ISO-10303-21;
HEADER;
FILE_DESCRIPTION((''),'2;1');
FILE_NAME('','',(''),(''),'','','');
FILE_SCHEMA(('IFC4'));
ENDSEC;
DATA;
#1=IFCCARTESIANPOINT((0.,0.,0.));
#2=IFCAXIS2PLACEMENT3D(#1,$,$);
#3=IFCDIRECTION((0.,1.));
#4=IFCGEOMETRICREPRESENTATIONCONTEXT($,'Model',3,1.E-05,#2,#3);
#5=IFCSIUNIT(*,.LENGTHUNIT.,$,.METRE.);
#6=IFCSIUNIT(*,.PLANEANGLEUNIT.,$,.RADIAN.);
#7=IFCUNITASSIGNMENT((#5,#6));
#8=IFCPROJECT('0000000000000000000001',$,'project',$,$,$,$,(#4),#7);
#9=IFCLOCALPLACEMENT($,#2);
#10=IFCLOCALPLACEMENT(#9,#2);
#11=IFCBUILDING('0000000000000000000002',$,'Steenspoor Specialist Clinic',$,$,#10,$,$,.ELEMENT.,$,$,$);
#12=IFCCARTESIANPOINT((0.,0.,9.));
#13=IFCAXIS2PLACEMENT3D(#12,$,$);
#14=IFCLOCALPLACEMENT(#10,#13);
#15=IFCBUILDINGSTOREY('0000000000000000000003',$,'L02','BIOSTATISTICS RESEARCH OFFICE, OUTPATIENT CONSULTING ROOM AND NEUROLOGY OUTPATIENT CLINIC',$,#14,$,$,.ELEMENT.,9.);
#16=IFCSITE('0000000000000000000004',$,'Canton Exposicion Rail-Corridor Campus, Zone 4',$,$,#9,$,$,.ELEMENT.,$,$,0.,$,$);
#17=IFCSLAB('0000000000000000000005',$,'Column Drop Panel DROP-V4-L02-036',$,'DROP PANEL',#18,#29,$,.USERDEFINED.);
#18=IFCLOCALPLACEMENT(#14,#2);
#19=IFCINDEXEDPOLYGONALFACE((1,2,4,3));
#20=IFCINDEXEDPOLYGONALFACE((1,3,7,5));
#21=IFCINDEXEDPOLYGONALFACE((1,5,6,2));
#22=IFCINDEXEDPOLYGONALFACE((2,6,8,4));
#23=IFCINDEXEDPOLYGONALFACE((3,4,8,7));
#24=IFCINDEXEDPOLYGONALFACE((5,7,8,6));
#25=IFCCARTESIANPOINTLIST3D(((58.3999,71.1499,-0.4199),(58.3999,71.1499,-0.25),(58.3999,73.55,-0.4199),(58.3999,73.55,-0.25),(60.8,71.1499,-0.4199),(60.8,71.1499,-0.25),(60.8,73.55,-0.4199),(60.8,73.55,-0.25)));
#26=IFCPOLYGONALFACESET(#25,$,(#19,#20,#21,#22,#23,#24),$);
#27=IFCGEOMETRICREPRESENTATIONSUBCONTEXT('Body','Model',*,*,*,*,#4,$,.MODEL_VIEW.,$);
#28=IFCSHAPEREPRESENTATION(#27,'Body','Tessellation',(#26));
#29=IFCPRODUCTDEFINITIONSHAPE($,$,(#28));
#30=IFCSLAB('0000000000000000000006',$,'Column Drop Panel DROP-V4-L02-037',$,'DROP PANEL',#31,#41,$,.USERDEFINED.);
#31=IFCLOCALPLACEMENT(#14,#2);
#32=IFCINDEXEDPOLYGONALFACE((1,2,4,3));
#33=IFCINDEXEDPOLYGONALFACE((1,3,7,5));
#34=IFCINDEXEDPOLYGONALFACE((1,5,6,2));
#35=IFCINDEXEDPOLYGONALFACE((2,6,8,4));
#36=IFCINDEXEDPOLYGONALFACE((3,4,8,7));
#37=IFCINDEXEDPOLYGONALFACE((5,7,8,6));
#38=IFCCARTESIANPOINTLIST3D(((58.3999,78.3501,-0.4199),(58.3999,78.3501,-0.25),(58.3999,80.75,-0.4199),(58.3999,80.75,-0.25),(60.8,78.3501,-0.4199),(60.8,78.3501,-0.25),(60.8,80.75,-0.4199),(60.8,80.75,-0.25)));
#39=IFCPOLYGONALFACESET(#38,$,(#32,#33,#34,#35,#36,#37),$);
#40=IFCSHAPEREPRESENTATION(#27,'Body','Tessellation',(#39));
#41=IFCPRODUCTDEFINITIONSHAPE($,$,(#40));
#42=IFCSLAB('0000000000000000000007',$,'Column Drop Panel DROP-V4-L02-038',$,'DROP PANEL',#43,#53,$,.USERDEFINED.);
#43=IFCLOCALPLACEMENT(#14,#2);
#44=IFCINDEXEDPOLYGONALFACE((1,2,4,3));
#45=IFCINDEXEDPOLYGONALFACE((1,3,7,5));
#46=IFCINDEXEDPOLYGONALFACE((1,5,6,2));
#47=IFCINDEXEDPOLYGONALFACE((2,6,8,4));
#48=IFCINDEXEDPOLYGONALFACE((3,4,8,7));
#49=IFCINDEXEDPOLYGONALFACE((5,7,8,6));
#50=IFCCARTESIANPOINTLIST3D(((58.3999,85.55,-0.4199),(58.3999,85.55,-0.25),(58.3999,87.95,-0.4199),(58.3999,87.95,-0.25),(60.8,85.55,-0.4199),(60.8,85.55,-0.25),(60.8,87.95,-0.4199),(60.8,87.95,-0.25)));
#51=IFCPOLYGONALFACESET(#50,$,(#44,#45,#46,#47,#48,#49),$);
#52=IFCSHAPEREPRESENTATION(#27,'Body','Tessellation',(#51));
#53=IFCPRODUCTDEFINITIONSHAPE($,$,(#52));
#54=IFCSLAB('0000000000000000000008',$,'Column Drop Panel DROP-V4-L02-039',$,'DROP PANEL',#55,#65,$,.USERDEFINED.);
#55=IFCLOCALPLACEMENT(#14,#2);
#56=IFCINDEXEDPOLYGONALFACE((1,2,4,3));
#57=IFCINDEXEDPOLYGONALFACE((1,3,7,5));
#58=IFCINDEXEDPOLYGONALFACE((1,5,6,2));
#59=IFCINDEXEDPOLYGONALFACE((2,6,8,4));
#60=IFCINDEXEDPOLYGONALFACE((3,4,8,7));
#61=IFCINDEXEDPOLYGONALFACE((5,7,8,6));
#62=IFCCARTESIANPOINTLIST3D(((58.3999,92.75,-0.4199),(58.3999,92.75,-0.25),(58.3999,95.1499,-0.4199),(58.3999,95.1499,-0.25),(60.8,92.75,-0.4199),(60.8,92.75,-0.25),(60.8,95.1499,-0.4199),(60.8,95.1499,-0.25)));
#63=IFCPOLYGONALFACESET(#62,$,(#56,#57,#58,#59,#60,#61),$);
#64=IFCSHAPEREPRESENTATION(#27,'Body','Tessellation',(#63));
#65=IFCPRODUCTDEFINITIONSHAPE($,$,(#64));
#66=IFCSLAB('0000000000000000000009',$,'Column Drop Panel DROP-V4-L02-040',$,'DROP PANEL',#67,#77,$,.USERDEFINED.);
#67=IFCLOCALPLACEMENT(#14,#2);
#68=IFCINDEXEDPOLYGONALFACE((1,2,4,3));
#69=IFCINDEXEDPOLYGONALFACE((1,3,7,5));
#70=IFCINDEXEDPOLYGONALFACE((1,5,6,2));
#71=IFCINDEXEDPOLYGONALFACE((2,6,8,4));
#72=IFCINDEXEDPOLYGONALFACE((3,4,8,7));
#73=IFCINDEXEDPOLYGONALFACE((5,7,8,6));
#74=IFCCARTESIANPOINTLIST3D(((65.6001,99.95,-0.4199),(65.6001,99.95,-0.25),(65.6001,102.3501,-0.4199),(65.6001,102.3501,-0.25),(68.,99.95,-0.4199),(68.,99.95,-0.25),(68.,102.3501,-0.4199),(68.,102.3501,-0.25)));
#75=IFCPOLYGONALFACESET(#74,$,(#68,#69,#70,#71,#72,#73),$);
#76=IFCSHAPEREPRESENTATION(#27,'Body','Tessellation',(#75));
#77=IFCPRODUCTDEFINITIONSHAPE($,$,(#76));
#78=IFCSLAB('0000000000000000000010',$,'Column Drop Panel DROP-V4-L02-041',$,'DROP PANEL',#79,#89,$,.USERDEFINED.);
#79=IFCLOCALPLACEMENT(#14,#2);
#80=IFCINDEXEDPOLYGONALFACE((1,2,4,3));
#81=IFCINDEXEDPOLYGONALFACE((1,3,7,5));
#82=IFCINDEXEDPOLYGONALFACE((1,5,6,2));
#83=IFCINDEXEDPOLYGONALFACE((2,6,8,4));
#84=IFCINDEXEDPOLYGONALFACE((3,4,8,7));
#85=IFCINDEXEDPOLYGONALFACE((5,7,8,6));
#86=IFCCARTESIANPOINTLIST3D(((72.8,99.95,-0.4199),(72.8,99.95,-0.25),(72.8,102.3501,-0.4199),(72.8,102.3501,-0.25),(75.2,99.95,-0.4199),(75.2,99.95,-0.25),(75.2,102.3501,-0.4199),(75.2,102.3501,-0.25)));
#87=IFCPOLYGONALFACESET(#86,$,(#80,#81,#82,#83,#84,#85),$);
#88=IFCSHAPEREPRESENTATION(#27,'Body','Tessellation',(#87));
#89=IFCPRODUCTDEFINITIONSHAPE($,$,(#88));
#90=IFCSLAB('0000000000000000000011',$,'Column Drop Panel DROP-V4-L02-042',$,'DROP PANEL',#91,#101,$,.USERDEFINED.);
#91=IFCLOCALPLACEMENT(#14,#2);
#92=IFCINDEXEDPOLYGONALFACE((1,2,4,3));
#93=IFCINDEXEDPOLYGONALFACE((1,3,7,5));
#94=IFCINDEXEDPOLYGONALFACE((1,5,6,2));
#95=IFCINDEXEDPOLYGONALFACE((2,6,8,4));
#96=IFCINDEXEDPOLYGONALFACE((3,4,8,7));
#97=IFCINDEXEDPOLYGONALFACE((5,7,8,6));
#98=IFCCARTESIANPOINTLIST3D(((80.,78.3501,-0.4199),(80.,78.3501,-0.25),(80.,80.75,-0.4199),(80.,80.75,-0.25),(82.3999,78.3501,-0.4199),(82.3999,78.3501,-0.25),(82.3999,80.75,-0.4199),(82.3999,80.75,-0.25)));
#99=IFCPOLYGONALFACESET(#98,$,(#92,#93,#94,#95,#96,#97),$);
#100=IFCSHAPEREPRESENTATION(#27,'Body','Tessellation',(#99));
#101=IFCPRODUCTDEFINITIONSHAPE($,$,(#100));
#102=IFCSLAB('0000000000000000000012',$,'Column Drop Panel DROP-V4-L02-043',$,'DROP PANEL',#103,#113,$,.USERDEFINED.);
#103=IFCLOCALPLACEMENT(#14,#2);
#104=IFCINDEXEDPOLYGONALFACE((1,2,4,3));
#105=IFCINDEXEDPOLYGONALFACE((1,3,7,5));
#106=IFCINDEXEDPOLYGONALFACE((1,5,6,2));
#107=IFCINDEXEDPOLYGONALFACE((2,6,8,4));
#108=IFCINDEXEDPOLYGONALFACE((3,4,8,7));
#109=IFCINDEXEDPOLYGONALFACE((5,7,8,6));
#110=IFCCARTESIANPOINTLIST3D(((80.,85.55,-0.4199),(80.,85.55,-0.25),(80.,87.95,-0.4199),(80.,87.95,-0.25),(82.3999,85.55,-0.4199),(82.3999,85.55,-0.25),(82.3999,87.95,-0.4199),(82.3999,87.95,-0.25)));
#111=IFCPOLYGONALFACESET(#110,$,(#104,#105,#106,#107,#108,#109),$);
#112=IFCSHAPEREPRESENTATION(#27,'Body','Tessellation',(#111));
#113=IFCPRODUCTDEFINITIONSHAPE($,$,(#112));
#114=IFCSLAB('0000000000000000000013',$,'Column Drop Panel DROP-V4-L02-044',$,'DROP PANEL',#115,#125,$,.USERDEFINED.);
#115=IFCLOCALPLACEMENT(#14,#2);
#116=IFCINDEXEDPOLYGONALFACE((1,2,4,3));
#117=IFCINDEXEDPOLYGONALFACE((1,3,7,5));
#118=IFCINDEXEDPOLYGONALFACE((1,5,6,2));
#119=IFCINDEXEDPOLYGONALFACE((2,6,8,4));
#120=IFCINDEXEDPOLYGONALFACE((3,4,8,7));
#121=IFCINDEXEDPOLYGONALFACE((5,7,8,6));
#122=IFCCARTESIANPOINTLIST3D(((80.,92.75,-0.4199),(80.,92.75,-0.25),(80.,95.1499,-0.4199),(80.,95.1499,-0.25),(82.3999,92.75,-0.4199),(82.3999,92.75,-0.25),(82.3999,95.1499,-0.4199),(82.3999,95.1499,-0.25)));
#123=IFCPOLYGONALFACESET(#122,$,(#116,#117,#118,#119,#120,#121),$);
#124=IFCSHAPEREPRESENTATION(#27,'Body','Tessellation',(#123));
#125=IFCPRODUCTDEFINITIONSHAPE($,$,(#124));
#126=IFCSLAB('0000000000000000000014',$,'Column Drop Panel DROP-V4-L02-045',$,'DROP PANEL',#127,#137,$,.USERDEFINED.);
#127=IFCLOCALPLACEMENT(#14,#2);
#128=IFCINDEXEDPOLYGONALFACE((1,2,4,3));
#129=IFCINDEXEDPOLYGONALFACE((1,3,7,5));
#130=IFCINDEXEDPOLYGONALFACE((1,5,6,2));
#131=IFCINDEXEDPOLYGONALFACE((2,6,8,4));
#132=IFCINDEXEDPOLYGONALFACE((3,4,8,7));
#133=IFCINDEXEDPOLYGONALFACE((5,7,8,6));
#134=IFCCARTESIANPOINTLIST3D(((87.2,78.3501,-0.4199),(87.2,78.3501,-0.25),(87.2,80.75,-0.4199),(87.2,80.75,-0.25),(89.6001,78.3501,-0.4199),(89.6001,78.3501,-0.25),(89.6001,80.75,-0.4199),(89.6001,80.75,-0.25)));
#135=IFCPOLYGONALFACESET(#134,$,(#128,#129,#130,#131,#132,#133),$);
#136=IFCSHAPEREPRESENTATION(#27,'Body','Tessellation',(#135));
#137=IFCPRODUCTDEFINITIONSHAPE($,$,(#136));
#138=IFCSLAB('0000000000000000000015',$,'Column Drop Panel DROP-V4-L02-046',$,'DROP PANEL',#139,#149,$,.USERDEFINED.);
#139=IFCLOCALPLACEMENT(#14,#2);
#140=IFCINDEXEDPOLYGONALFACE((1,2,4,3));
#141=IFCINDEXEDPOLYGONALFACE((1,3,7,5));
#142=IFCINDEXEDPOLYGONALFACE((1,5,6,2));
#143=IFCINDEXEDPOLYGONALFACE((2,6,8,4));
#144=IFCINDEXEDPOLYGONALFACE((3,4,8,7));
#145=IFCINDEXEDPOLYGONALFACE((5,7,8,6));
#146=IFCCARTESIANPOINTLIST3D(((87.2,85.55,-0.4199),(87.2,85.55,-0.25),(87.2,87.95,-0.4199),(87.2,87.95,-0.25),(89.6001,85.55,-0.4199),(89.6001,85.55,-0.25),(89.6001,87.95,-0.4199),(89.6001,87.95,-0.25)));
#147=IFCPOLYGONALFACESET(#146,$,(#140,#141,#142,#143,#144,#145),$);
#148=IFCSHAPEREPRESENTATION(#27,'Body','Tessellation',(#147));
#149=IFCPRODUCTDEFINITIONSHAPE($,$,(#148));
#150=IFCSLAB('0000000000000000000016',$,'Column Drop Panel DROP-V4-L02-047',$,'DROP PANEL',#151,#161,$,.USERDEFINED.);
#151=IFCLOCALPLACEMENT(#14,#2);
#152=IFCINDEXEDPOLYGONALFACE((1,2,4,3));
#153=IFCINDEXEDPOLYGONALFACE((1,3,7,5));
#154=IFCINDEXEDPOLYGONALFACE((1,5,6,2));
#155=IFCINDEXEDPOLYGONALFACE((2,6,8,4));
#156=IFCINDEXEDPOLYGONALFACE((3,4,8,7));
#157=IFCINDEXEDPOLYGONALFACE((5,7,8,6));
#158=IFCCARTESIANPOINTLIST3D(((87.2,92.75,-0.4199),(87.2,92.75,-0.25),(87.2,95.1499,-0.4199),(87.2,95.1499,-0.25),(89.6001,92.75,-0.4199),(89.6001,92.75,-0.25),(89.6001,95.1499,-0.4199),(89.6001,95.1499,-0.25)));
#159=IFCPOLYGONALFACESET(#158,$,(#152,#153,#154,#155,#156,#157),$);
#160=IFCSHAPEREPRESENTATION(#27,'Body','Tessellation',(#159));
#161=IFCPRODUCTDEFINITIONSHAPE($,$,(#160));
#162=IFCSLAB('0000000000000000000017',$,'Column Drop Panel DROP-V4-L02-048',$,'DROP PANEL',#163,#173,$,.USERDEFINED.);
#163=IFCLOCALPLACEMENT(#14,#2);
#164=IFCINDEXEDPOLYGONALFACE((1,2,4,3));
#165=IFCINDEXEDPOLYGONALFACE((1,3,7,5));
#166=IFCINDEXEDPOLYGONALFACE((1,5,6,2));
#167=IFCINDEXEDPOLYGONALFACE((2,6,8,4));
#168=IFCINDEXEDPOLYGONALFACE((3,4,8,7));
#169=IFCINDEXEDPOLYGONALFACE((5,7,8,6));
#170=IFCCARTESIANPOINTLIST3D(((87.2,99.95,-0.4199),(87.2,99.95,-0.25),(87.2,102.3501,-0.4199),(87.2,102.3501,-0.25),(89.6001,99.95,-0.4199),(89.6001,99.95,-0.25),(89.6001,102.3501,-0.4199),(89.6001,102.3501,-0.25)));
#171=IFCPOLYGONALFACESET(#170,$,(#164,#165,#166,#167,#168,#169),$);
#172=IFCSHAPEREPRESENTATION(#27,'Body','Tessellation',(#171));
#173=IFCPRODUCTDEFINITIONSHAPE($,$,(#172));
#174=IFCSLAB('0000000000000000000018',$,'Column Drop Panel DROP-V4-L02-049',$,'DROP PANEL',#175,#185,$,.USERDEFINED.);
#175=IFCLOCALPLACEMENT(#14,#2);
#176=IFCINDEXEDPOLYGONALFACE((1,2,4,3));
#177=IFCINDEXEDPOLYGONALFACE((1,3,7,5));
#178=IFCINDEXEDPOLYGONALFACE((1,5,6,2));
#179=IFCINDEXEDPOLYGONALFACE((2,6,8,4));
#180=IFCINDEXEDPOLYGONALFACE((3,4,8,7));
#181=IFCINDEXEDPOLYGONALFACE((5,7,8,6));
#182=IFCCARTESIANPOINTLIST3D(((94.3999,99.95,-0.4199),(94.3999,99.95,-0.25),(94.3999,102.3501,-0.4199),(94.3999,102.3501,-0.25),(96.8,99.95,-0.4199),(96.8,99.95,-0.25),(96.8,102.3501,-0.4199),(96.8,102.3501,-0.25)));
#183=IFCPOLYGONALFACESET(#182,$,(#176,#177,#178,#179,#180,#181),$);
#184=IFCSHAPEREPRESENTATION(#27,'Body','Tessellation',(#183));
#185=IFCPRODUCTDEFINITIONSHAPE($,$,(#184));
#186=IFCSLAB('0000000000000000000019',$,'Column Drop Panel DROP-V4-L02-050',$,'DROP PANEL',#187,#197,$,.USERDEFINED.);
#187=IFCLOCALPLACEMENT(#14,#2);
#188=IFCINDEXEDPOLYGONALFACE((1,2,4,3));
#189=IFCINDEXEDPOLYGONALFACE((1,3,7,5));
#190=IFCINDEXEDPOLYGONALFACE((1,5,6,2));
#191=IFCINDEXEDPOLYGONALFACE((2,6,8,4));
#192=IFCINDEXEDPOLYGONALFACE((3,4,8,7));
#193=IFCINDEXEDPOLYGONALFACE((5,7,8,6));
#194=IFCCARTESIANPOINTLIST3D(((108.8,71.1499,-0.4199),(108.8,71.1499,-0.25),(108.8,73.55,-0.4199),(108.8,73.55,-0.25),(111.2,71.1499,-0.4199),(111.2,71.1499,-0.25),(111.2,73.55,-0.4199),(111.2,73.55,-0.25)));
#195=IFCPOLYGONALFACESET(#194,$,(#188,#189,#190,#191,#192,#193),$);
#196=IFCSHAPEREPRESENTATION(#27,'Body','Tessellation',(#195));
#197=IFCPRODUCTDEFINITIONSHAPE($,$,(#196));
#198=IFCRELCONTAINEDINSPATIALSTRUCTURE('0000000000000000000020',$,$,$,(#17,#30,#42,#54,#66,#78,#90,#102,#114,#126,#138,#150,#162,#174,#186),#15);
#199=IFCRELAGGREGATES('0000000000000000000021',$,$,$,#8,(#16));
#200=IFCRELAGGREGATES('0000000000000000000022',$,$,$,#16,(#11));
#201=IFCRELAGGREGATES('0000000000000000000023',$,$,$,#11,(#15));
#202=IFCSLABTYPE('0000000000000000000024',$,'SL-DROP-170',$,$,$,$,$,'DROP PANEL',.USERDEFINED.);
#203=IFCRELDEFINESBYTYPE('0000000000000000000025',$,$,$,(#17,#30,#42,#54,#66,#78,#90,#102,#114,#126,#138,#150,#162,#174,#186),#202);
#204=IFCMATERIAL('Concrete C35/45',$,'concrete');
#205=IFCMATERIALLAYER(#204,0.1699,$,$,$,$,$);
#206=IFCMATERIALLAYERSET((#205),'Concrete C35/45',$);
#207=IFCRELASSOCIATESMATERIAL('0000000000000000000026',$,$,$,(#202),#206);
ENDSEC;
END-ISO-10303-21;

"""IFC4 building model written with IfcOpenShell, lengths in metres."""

from ifc_helpers import new_model, si_unit, direction, frame, origin, place, context, subcontext, project, spatial, polyline, outline, extrude, material, layer, layer_set, type_object, element, save


model = new_model("IFC4")

# Units and contexts
model_context = context("Model", 3, precision=1e-05, world=origin(), true_north=direction((0.0, 1.0)))
body_context = subcontext(model_context, "Body", "Model", "MODEL_VIEW")
ifc_project = project(units=[si_unit("LENGTHUNIT", "METRE"), si_unit("PLANEANGLEUNIT", "RADIAN")], contexts=[model_context])

# Site, building, storey
site_placement = place(None, origin())
site = spatial("IfcSite", under=ifc_project, at=site_placement, Name="Canton Exposicion Rail-Corridor Campus, Zone 4", CompositionType="ELEMENT", RefElevation=0.0)
building_placement = place(site_placement, origin())
building = spatial("IfcBuilding", under=site, at=building_placement, Name="Steenspoor Specialist Clinic", CompositionType="ELEMENT")
storey_placement = place(building_placement, frame((0.0, 0.0, 9.0)))
storey = spatial("IfcBuildingStorey", under=building, at=storey_placement, Name="L02", Description="BIOSTATISTICS RESEARCH OFFICE, OUTPATIENT CONSULTING ROOM AND NEUROLOGY OUTPATIENT CLINIC", CompositionType="ELEMENT", Elevation=9.0)

# Slabs
ifc_material = material(Name="Concrete C35/45", Category="concrete")
ifc_layer = layer(ifc_material, 0.1699)
ifc_layer_set = layer_set([ifc_layer], Name="Concrete C35/45")
slab_type = type_object("IfcSlabType", Name="SL-DROP-170", ElementType="DROP PANEL", PredefinedType="USERDEFINED", material=ifc_layer_set)
slab_1_placement = place(storey_placement, frame((0.0, 0.0, -0.4199)))
element("IfcSlab", 1, at=slab_1_placement, inside=storey, type_object=slab_type, Name="Column Drop Panel DROP-V4-L02-036", ObjectType="DROP PANEL", PredefinedType="USERDEFINED", context=body_context, shape_type="SweptSolid", body=[
    extrude(outline(polyline([(60.8, 71.1499), (60.8, 73.55), (58.3999, 73.55), (58.3999, 71.1499), (60.8, 71.1499)])), origin(), (0.0, 0.0, 1.0), 0.1699),
])
slab_2_placement = place(storey_placement, frame((0.0, 0.0, -0.4199)))
element("IfcSlab", 2, at=slab_2_placement, inside=storey, type_object=slab_type, Name="Column Drop Panel DROP-V4-L02-037", ObjectType="DROP PANEL", PredefinedType="USERDEFINED", context=body_context, shape_type="SweptSolid", body=[
    extrude(outline(polyline([(60.8, 78.3501), (60.8, 80.75), (58.3999, 80.75), (58.3999, 78.3501), (60.8, 78.3501)])), origin(), (0.0, 0.0, 1.0), 0.1699),
])
slab_3_placement = place(storey_placement, frame((0.0, 0.0, -0.4199)))
element("IfcSlab", 3, at=slab_3_placement, inside=storey, type_object=slab_type, Name="Column Drop Panel DROP-V4-L02-038", ObjectType="DROP PANEL", PredefinedType="USERDEFINED", context=body_context, shape_type="SweptSolid", body=[
    extrude(outline(polyline([(60.8, 85.55), (60.8, 87.95), (58.3999, 87.95), (58.3999, 85.55), (60.8, 85.55)])), origin(), (0.0, 0.0, 1.0), 0.1699),
])
slab_4_placement = place(storey_placement, frame((0.0, 0.0, -0.4199)))
element("IfcSlab", 4, at=slab_4_placement, inside=storey, type_object=slab_type, Name="Column Drop Panel DROP-V4-L02-039", ObjectType="DROP PANEL", PredefinedType="USERDEFINED", context=body_context, shape_type="SweptSolid", body=[
    extrude(outline(polyline([(60.8, 92.75), (60.8, 95.1499), (58.3999, 95.1499), (58.3999, 92.75), (60.8, 92.75)])), origin(), (0.0, 0.0, 1.0), 0.1699),
])
slab_5_placement = place(storey_placement, frame((0.0, 0.0, -0.4199)))
element("IfcSlab", 5, at=slab_5_placement, inside=storey, type_object=slab_type, Name="Column Drop Panel DROP-V4-L02-040", ObjectType="DROP PANEL", PredefinedType="USERDEFINED", context=body_context, shape_type="SweptSolid", body=[
    extrude(outline(polyline([(68.0, 99.95), (68.0, 102.3501), (65.6001, 102.3501), (65.6001, 99.95), (68.0, 99.95)])), origin(), (0.0, 0.0, 1.0), 0.1699),
])
slab_6_placement = place(storey_placement, frame((0.0, 0.0, -0.4199)))
element("IfcSlab", 6, at=slab_6_placement, inside=storey, type_object=slab_type, Name="Column Drop Panel DROP-V4-L02-041", ObjectType="DROP PANEL", PredefinedType="USERDEFINED", context=body_context, shape_type="SweptSolid", body=[
    extrude(outline(polyline([(75.2, 99.95), (75.2, 102.3501), (72.8, 102.3501), (72.8, 99.95), (75.2, 99.95)])), origin(), (0.0, 0.0, 1.0), 0.1699),
])
slab_7_placement = place(storey_placement, frame((0.0, 0.0, -0.4199)))
element("IfcSlab", 7, at=slab_7_placement, inside=storey, type_object=slab_type, Name="Column Drop Panel DROP-V4-L02-042", ObjectType="DROP PANEL", PredefinedType="USERDEFINED", context=body_context, shape_type="SweptSolid", body=[
    extrude(outline(polyline([(82.3999, 78.3501), (82.3999, 80.75), (80.0, 80.75), (80.0, 78.3501), (82.3999, 78.3501)])), origin(), (0.0, 0.0, 1.0), 0.1699),
])
slab_8_placement = place(storey_placement, frame((0.0, 0.0, -0.4199)))
element("IfcSlab", 8, at=slab_8_placement, inside=storey, type_object=slab_type, Name="Column Drop Panel DROP-V4-L02-043", ObjectType="DROP PANEL", PredefinedType="USERDEFINED", context=body_context, shape_type="SweptSolid", body=[
    extrude(outline(polyline([(82.3999, 85.55), (82.3999, 87.95), (80.0, 87.95), (80.0, 85.55), (82.3999, 85.55)])), origin(), (0.0, 0.0, 1.0), 0.1699),
])
slab_9_placement = place(storey_placement, frame((0.0, 0.0, -0.4199)))
element("IfcSlab", 9, at=slab_9_placement, inside=storey, type_object=slab_type, Name="Column Drop Panel DROP-V4-L02-044", ObjectType="DROP PANEL", PredefinedType="USERDEFINED", context=body_context, shape_type="SweptSolid", body=[
    extrude(outline(polyline([(82.3999, 92.75), (82.3999, 95.1499), (80.0, 95.1499), (80.0, 92.75), (82.3999, 92.75)])), origin(), (0.0, 0.0, 1.0), 0.1699),
])
slab_10_placement = place(storey_placement, frame((0.0, 0.0, -0.4199)))
element("IfcSlab", 10, at=slab_10_placement, inside=storey, type_object=slab_type, Name="Column Drop Panel DROP-V4-L02-045", ObjectType="DROP PANEL", PredefinedType="USERDEFINED", context=body_context, shape_type="SweptSolid", body=[
    extrude(outline(polyline([(89.6001, 78.3501), (89.6001, 80.75), (87.2, 80.75), (87.2, 78.3501), (89.6001, 78.3501)])), origin(), (0.0, 0.0, 1.0), 0.1699),
])
slab_11_placement = place(storey_placement, frame((0.0, 0.0, -0.4199)))
element("IfcSlab", 11, at=slab_11_placement, inside=storey, type_object=slab_type, Name="Column Drop Panel DROP-V4-L02-046", ObjectType="DROP PANEL", PredefinedType="USERDEFINED", context=body_context, shape_type="SweptSolid", body=[
    extrude(outline(polyline([(89.6001, 85.55), (89.6001, 87.95), (87.2, 87.95), (87.2, 85.55), (89.6001, 85.55)])), origin(), (0.0, 0.0, 1.0), 0.1699),
])
slab_12_placement = place(storey_placement, frame((0.0, 0.0, -0.4199)))
element("IfcSlab", 12, at=slab_12_placement, inside=storey, type_object=slab_type, Name="Column Drop Panel DROP-V4-L02-047", ObjectType="DROP PANEL", PredefinedType="USERDEFINED", context=body_context, shape_type="SweptSolid", body=[
    extrude(outline(polyline([(89.6001, 92.75), (89.6001, 95.1499), (87.2, 95.1499), (87.2, 92.75), (89.6001, 92.75)])), origin(), (0.0, 0.0, 1.0), 0.1699),
])
slab_13_placement = place(storey_placement, frame((0.0, 0.0, -0.4199)))
element("IfcSlab", 13, at=slab_13_placement, inside=storey, type_object=slab_type, Name="Column Drop Panel DROP-V4-L02-048", ObjectType="DROP PANEL", PredefinedType="USERDEFINED", context=body_context, shape_type="SweptSolid", body=[
    extrude(outline(polyline([(89.6001, 99.95), (89.6001, 102.3501), (87.2, 102.3501), (87.2, 99.95), (89.6001, 99.95)])), origin(), (0.0, 0.0, 1.0), 0.1699),
])
slab_14_placement = place(storey_placement, frame((0.0, 0.0, -0.4199)))
element("IfcSlab", 14, at=slab_14_placement, inside=storey, type_object=slab_type, Name="Column Drop Panel DROP-V4-L02-049", ObjectType="DROP PANEL", PredefinedType="USERDEFINED", context=body_context, shape_type="SweptSolid", body=[
    extrude(outline(polyline([(96.8, 99.95), (96.8, 102.3501), (94.3999, 102.3501), (94.3999, 99.95), (96.8, 99.95)])), origin(), (0.0, 0.0, 1.0), 0.1699),
])
slab_15_placement = place(storey_placement, frame((0.0, 0.0, -0.4199)))
element("IfcSlab", 15, at=slab_15_placement, inside=storey, type_object=slab_type, Name="Column Drop Panel DROP-V4-L02-050", ObjectType="DROP PANEL", PredefinedType="USERDEFINED", context=body_context, shape_type="SweptSolid", body=[
    extrude(outline(polyline([(111.2, 71.1499), (111.2, 73.55), (108.8, 73.55), (108.8, 71.1499), (111.2, 71.1499)])), origin(), (0.0, 0.0, 1.0), 0.1699),
])

save(model, "model.ifc")
